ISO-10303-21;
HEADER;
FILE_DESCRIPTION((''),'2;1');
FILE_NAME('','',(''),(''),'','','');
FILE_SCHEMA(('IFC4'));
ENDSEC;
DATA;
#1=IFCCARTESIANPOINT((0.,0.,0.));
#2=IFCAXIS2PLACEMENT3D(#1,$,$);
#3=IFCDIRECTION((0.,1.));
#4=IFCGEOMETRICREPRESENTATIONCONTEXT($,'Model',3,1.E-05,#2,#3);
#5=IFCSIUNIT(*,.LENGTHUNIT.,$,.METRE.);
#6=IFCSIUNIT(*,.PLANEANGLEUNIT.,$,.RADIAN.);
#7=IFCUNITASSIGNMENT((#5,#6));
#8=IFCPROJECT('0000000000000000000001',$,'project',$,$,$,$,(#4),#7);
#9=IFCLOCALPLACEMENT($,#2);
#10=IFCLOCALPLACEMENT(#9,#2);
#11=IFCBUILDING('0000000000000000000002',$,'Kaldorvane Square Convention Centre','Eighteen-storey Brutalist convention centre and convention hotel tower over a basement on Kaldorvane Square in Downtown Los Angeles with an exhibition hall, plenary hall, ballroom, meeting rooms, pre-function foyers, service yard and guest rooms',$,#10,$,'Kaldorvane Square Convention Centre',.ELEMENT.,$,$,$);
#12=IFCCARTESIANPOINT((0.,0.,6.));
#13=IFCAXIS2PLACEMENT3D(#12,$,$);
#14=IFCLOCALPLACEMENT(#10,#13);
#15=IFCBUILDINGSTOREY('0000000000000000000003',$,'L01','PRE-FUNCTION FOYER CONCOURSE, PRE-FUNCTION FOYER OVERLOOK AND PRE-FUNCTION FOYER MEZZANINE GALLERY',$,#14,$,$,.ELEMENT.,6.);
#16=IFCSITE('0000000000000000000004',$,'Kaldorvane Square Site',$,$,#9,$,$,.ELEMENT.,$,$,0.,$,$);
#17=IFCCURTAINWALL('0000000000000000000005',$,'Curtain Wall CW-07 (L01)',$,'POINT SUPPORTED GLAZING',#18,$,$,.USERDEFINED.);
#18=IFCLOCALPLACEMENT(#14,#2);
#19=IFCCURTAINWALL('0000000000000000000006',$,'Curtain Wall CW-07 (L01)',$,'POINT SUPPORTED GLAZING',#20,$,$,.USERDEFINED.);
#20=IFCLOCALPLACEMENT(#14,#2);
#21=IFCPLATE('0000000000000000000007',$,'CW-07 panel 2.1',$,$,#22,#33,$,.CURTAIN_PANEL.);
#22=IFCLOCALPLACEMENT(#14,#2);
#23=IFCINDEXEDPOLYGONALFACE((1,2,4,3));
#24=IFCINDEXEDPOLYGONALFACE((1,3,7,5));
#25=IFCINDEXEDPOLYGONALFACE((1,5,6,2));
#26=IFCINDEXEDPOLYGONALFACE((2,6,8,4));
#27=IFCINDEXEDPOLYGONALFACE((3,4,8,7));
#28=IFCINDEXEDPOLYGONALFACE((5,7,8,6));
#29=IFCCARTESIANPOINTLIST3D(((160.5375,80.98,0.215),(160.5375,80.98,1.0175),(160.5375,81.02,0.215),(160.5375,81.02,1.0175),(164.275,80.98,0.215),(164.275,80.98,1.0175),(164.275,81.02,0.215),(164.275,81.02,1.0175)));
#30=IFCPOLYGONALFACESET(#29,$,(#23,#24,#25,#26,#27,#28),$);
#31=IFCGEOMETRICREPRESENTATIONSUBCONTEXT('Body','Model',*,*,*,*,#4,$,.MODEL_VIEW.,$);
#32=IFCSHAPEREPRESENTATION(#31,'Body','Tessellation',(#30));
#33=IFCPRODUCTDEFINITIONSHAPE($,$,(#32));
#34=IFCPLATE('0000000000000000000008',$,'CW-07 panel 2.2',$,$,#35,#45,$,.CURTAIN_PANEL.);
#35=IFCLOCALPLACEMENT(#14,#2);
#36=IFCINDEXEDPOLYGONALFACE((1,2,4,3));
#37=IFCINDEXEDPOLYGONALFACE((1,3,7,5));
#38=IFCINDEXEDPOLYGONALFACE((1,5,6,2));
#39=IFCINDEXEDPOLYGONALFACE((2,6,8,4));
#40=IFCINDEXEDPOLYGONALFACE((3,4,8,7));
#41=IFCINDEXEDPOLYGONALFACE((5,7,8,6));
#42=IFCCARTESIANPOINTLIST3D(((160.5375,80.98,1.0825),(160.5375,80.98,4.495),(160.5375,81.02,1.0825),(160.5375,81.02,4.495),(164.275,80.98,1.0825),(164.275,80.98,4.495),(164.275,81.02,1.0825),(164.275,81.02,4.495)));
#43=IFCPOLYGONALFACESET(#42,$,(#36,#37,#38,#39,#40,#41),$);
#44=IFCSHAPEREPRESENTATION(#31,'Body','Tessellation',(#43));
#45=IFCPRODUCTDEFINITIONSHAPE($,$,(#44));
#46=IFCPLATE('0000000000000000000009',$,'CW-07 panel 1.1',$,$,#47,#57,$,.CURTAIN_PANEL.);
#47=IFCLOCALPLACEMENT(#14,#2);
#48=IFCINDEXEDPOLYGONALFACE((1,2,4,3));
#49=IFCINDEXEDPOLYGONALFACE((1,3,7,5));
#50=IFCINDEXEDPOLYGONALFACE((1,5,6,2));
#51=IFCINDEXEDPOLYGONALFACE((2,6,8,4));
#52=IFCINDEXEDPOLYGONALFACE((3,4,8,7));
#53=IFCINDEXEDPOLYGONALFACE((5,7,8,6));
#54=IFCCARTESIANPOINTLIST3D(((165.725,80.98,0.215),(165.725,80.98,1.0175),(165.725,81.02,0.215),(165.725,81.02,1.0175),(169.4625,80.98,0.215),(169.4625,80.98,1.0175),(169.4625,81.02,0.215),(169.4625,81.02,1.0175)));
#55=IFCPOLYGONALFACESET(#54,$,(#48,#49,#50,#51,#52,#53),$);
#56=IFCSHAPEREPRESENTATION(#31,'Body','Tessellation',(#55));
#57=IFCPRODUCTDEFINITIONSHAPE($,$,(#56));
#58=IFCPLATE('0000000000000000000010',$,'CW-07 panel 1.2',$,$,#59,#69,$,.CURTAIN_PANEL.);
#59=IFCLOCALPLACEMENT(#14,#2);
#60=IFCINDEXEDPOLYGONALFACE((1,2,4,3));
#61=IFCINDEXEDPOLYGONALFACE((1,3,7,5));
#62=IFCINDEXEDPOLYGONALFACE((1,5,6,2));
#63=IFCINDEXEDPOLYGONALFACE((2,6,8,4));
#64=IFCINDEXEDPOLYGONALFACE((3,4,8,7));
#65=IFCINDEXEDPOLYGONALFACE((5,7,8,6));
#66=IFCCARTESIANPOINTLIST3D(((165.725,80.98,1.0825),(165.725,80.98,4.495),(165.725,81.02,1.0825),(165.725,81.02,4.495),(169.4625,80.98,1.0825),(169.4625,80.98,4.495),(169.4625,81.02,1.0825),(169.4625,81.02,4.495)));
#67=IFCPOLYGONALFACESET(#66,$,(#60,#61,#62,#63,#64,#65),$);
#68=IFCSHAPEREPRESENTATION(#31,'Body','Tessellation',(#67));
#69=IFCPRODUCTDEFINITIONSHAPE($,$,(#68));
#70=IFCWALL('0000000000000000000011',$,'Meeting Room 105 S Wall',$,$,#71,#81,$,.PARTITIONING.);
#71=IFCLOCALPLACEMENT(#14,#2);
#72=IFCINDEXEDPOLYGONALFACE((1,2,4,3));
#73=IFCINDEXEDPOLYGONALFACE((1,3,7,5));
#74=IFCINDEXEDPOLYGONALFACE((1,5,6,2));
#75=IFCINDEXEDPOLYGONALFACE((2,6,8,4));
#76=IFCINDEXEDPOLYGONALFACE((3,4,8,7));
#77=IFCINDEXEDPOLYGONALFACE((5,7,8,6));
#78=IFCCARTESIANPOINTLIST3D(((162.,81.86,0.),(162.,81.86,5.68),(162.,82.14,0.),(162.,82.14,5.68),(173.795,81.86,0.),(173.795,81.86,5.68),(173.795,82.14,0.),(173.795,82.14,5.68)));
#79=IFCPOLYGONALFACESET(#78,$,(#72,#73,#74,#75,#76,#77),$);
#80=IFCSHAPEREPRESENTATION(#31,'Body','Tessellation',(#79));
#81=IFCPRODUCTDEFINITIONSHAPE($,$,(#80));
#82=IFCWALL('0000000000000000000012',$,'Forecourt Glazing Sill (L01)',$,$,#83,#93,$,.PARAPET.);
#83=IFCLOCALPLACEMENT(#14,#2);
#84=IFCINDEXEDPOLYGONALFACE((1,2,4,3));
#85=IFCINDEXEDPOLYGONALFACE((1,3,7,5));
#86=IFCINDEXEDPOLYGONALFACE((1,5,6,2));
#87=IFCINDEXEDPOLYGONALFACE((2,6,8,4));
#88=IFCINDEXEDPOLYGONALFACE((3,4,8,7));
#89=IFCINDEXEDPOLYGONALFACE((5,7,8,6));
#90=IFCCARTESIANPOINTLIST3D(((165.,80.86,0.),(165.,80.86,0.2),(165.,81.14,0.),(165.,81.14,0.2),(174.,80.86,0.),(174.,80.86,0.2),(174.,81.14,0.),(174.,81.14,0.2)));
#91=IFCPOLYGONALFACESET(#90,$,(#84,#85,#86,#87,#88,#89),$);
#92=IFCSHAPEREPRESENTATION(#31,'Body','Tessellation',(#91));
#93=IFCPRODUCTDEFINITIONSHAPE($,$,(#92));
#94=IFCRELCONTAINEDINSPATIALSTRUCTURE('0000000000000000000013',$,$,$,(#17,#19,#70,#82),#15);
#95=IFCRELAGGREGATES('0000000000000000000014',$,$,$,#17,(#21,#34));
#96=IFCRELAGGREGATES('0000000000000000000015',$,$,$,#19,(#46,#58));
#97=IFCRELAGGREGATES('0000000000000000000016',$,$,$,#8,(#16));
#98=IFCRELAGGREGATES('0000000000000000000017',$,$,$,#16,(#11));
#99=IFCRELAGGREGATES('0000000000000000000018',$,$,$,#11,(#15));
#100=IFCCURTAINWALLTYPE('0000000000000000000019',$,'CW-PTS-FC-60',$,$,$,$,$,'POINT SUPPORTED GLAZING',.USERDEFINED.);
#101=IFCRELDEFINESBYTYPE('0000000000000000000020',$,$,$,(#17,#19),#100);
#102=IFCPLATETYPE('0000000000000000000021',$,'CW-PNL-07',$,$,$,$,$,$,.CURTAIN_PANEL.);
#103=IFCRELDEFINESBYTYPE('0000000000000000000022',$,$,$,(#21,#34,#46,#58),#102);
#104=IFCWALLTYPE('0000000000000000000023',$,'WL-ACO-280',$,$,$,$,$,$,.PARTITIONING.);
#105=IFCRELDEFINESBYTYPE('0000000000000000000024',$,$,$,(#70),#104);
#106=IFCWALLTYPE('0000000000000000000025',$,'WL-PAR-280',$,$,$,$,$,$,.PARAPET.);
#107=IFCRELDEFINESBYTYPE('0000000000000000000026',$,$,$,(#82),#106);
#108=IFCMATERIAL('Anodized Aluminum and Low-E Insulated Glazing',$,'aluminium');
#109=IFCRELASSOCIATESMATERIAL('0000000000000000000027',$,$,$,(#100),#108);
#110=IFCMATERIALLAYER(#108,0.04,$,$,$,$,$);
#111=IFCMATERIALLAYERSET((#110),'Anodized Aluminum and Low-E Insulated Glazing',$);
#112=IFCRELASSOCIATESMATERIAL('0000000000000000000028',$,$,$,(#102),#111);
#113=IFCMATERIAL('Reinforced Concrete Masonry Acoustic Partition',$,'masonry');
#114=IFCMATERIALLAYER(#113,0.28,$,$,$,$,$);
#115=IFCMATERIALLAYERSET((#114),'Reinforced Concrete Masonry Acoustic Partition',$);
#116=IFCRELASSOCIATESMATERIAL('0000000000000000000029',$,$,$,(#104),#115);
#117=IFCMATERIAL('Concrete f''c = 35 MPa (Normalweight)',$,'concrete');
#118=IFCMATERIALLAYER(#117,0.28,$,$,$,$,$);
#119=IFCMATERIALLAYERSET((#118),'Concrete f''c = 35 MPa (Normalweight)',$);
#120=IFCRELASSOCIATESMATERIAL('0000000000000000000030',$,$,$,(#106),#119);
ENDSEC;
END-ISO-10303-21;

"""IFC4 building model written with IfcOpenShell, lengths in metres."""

from ifc_helpers import new_model, si_unit, direction, frame, frame_2d, origin, origin_2d, place, context, subcontext, project, spatial, rectangle, extrude, material, layer, layer_set, type_object, element, aggregate, save


model = new_model("IFC4")

# Units and contexts
model_context = context("Model", 3, precision=1e-05, world=origin(), true_north=direction((0.0, 1.0)))
body_context = subcontext(model_context, "Body", "Model", "MODEL_VIEW")
ifc_project = project(units=[si_unit("LENGTHUNIT", "METRE"), si_unit("PLANEANGLEUNIT", "RADIAN")], contexts=[model_context])

# Site, building, storey
site_placement = place(None, origin())
site = spatial("IfcSite", under=ifc_project, at=site_placement, Name="Kaldorvane Square Site", CompositionType="ELEMENT", RefElevation=0.0)
building_placement = place(site_placement, origin())
building = spatial("IfcBuilding", under=site, at=building_placement, Name="Kaldorvane Square Convention Centre", Description="Eighteen-storey Brutalist convention centre and convention hotel tower over a basement on Kaldorvane Square in Downtown Los Angeles with an exhibition hall, plenary hall, ballroom, meeting rooms, pre-function foyers, service yard and guest rooms", LongName="Kaldorvane Square Convention Centre", CompositionType="ELEMENT")
storey_placement = place(building_placement, frame((0.0, 0.0, 6.0)))
storey = spatial("IfcBuildingStorey", under=building, at=storey_placement, Name="L01", Description="PRE-FUNCTION FOYER CONCOURSE, PRE-FUNCTION FOYER OVERLOOK AND PRE-FUNCTION FOYER MEZZANINE GALLERY", CompositionType="ELEMENT", Elevation=6.0)

# Curtain walls
ifc_material_1 = material(Name="Anodized Aluminum and Low-E Insulated Glazing", Category="aluminium")
curtain_wall_type = type_object("IfcCurtainWallType", Name="CW-PTS-FC-60", ElementType="POINT SUPPORTED GLAZING", PredefinedType="USERDEFINED", material=ifc_material_1)
curtain_wall_1_placement = place(storey_placement, origin())
curtain_wall_1 = element("IfcCurtainWall", 1, at=curtain_wall_1_placement, inside=storey, type_object=curtain_wall_type, Name="Curtain Wall CW-07 (L01)", ObjectType="POINT SUPPORTED GLAZING", PredefinedType="USERDEFINED")
curtain_wall_2_placement = place(storey_placement, origin())
curtain_wall_2 = element("IfcCurtainWall", 2, at=curtain_wall_2_placement, inside=storey, type_object=curtain_wall_type, Name="Curtain Wall CW-07 (L01)", ObjectType="POINT SUPPORTED GLAZING", PredefinedType="USERDEFINED")

# Plates
ifc_layer_1 = layer(ifc_material_1, 0.04)
ifc_layer_set_1 = layer_set([ifc_layer_1], Name="Anodized Aluminum and Low-E Insulated Glazing")
plate_type = type_object("IfcPlateType", Name="CW-PNL-07", PredefinedType="CURTAIN_PANEL", material=ifc_layer_set_1)
plate_1_placement = place(storey_placement, frame((162.4062, 81.0, 0.215), z_axis=(0.0, 0.0, 1.0), x_axis=(1.0, 0.0, 0.0)))
plate_1 = element("IfcPlate", 3, at=plate_1_placement, type_object=plate_type, Name="CW-07 panel 2.1", PredefinedType="CURTAIN_PANEL", context=body_context, shape_type="SweptSolid", body=[
    extrude(rectangle(XDim=3.7375, YDim=0.04, at=origin_2d()), origin(), (0.0, 0.0, 1.0), 0.8025),
])
plate_2_placement = place(storey_placement, frame((162.4062, 81.0, 1.0825), z_axis=(0.0, 0.0, 1.0), x_axis=(1.0, 0.0, 0.0)))
plate_2 = element("IfcPlate", 4, at=plate_2_placement, type_object=plate_type, Name="CW-07 panel 2.2", PredefinedType="CURTAIN_PANEL", context=body_context, shape_type="SweptSolid", body=[
    extrude(rectangle(XDim=3.7375, YDim=0.04, at=origin_2d()), origin(), (0.0, 0.0, 1.0), 3.4125),
])
aggregate(curtain_wall_1, [plate_1, plate_2])
plate_3_placement = place(storey_placement, frame((167.5938, 81.0, 0.215), z_axis=(0.0, 0.0, 1.0), x_axis=(1.0, 0.0, 0.0)))
plate_3 = element("IfcPlate", 5, at=plate_3_placement, type_object=plate_type, Name="CW-07 panel 1.1", PredefinedType="CURTAIN_PANEL", context=body_context, shape_type="SweptSolid", body=[
    extrude(rectangle(XDim=3.7375, YDim=0.04, at=origin_2d()), origin(), (0.0, 0.0, 1.0), 0.8025),
])
plate_4_placement = place(storey_placement, frame((167.5938, 81.0, 1.0825), z_axis=(0.0, 0.0, 1.0), x_axis=(1.0, 0.0, 0.0)))
plate_4 = element("IfcPlate", 6, at=plate_4_placement, type_object=plate_type, Name="CW-07 panel 1.2", PredefinedType="CURTAIN_PANEL", context=body_context, shape_type="SweptSolid", body=[
    extrude(rectangle(XDim=3.7375, YDim=0.04, at=origin_2d()), origin(), (0.0, 0.0, 1.0), 3.4125),
])
aggregate(curtain_wall_2, [plate_3, plate_4])

# Walls
ifc_material_2 = material(Name="Reinforced Concrete Masonry Acoustic Partition", Category="masonry")
ifc_layer_2 = layer(ifc_material_2, 0.28)
ifc_layer_set_2 = layer_set([ifc_layer_2], Name="Reinforced Concrete Masonry Acoustic Partition")
wall_type_1 = type_object("IfcWallType", Name="WL-ACO-280", PredefinedType="PARTITIONING", material=ifc_layer_set_2)
wall_1_placement = place(storey_placement, frame((162.0, 82.0, 0.0), z_axis=(0.0, 0.0, 1.0), x_axis=(1.0, 0.0, 0.0)))
element("IfcWall", 7, at=wall_1_placement, inside=storey, type_object=wall_type_1, Name="Meeting Room 105 S Wall", PredefinedType="PARTITIONING", context=body_context, shape_type="SweptSolid", body=[
    extrude(rectangle(XDim=11.795, YDim=0.28, at=frame_2d((5.8975, 0.0))), origin(), (0.0, 0.0, 1.0), 5.68),
])
ifc_material_3 = material(Name="Concrete f'c = 35 MPa (Normalweight)", Category="concrete")
ifc_layer_3 = layer(ifc_material_3, 0.28)
ifc_layer_set_3 = layer_set([ifc_layer_3], Name="Concrete f'c = 35 MPa (Normalweight)")
wall_type_2 = type_object("IfcWallType", Name="WL-PAR-280", PredefinedType="PARAPET", material=ifc_layer_set_3)
wall_2_placement = place(storey_placement, frame((165.0, 81.0, 0.0), z_axis=(0.0, 0.0, 1.0), x_axis=(1.0, 0.0, 0.0)))
element("IfcWall", 8, at=wall_2_placement, inside=storey, type_object=wall_type_2, Name="Forecourt Glazing Sill (L01)", PredefinedType="PARAPET", context=body_context, shape_type="SweptSolid", body=[
    extrude(rectangle(XDim=9.0, YDim=0.28, at=frame_2d((4.5, 0.0))), origin(), (0.0, 0.0, 1.0), 0.2),
])

save(model, "model.ifc")
